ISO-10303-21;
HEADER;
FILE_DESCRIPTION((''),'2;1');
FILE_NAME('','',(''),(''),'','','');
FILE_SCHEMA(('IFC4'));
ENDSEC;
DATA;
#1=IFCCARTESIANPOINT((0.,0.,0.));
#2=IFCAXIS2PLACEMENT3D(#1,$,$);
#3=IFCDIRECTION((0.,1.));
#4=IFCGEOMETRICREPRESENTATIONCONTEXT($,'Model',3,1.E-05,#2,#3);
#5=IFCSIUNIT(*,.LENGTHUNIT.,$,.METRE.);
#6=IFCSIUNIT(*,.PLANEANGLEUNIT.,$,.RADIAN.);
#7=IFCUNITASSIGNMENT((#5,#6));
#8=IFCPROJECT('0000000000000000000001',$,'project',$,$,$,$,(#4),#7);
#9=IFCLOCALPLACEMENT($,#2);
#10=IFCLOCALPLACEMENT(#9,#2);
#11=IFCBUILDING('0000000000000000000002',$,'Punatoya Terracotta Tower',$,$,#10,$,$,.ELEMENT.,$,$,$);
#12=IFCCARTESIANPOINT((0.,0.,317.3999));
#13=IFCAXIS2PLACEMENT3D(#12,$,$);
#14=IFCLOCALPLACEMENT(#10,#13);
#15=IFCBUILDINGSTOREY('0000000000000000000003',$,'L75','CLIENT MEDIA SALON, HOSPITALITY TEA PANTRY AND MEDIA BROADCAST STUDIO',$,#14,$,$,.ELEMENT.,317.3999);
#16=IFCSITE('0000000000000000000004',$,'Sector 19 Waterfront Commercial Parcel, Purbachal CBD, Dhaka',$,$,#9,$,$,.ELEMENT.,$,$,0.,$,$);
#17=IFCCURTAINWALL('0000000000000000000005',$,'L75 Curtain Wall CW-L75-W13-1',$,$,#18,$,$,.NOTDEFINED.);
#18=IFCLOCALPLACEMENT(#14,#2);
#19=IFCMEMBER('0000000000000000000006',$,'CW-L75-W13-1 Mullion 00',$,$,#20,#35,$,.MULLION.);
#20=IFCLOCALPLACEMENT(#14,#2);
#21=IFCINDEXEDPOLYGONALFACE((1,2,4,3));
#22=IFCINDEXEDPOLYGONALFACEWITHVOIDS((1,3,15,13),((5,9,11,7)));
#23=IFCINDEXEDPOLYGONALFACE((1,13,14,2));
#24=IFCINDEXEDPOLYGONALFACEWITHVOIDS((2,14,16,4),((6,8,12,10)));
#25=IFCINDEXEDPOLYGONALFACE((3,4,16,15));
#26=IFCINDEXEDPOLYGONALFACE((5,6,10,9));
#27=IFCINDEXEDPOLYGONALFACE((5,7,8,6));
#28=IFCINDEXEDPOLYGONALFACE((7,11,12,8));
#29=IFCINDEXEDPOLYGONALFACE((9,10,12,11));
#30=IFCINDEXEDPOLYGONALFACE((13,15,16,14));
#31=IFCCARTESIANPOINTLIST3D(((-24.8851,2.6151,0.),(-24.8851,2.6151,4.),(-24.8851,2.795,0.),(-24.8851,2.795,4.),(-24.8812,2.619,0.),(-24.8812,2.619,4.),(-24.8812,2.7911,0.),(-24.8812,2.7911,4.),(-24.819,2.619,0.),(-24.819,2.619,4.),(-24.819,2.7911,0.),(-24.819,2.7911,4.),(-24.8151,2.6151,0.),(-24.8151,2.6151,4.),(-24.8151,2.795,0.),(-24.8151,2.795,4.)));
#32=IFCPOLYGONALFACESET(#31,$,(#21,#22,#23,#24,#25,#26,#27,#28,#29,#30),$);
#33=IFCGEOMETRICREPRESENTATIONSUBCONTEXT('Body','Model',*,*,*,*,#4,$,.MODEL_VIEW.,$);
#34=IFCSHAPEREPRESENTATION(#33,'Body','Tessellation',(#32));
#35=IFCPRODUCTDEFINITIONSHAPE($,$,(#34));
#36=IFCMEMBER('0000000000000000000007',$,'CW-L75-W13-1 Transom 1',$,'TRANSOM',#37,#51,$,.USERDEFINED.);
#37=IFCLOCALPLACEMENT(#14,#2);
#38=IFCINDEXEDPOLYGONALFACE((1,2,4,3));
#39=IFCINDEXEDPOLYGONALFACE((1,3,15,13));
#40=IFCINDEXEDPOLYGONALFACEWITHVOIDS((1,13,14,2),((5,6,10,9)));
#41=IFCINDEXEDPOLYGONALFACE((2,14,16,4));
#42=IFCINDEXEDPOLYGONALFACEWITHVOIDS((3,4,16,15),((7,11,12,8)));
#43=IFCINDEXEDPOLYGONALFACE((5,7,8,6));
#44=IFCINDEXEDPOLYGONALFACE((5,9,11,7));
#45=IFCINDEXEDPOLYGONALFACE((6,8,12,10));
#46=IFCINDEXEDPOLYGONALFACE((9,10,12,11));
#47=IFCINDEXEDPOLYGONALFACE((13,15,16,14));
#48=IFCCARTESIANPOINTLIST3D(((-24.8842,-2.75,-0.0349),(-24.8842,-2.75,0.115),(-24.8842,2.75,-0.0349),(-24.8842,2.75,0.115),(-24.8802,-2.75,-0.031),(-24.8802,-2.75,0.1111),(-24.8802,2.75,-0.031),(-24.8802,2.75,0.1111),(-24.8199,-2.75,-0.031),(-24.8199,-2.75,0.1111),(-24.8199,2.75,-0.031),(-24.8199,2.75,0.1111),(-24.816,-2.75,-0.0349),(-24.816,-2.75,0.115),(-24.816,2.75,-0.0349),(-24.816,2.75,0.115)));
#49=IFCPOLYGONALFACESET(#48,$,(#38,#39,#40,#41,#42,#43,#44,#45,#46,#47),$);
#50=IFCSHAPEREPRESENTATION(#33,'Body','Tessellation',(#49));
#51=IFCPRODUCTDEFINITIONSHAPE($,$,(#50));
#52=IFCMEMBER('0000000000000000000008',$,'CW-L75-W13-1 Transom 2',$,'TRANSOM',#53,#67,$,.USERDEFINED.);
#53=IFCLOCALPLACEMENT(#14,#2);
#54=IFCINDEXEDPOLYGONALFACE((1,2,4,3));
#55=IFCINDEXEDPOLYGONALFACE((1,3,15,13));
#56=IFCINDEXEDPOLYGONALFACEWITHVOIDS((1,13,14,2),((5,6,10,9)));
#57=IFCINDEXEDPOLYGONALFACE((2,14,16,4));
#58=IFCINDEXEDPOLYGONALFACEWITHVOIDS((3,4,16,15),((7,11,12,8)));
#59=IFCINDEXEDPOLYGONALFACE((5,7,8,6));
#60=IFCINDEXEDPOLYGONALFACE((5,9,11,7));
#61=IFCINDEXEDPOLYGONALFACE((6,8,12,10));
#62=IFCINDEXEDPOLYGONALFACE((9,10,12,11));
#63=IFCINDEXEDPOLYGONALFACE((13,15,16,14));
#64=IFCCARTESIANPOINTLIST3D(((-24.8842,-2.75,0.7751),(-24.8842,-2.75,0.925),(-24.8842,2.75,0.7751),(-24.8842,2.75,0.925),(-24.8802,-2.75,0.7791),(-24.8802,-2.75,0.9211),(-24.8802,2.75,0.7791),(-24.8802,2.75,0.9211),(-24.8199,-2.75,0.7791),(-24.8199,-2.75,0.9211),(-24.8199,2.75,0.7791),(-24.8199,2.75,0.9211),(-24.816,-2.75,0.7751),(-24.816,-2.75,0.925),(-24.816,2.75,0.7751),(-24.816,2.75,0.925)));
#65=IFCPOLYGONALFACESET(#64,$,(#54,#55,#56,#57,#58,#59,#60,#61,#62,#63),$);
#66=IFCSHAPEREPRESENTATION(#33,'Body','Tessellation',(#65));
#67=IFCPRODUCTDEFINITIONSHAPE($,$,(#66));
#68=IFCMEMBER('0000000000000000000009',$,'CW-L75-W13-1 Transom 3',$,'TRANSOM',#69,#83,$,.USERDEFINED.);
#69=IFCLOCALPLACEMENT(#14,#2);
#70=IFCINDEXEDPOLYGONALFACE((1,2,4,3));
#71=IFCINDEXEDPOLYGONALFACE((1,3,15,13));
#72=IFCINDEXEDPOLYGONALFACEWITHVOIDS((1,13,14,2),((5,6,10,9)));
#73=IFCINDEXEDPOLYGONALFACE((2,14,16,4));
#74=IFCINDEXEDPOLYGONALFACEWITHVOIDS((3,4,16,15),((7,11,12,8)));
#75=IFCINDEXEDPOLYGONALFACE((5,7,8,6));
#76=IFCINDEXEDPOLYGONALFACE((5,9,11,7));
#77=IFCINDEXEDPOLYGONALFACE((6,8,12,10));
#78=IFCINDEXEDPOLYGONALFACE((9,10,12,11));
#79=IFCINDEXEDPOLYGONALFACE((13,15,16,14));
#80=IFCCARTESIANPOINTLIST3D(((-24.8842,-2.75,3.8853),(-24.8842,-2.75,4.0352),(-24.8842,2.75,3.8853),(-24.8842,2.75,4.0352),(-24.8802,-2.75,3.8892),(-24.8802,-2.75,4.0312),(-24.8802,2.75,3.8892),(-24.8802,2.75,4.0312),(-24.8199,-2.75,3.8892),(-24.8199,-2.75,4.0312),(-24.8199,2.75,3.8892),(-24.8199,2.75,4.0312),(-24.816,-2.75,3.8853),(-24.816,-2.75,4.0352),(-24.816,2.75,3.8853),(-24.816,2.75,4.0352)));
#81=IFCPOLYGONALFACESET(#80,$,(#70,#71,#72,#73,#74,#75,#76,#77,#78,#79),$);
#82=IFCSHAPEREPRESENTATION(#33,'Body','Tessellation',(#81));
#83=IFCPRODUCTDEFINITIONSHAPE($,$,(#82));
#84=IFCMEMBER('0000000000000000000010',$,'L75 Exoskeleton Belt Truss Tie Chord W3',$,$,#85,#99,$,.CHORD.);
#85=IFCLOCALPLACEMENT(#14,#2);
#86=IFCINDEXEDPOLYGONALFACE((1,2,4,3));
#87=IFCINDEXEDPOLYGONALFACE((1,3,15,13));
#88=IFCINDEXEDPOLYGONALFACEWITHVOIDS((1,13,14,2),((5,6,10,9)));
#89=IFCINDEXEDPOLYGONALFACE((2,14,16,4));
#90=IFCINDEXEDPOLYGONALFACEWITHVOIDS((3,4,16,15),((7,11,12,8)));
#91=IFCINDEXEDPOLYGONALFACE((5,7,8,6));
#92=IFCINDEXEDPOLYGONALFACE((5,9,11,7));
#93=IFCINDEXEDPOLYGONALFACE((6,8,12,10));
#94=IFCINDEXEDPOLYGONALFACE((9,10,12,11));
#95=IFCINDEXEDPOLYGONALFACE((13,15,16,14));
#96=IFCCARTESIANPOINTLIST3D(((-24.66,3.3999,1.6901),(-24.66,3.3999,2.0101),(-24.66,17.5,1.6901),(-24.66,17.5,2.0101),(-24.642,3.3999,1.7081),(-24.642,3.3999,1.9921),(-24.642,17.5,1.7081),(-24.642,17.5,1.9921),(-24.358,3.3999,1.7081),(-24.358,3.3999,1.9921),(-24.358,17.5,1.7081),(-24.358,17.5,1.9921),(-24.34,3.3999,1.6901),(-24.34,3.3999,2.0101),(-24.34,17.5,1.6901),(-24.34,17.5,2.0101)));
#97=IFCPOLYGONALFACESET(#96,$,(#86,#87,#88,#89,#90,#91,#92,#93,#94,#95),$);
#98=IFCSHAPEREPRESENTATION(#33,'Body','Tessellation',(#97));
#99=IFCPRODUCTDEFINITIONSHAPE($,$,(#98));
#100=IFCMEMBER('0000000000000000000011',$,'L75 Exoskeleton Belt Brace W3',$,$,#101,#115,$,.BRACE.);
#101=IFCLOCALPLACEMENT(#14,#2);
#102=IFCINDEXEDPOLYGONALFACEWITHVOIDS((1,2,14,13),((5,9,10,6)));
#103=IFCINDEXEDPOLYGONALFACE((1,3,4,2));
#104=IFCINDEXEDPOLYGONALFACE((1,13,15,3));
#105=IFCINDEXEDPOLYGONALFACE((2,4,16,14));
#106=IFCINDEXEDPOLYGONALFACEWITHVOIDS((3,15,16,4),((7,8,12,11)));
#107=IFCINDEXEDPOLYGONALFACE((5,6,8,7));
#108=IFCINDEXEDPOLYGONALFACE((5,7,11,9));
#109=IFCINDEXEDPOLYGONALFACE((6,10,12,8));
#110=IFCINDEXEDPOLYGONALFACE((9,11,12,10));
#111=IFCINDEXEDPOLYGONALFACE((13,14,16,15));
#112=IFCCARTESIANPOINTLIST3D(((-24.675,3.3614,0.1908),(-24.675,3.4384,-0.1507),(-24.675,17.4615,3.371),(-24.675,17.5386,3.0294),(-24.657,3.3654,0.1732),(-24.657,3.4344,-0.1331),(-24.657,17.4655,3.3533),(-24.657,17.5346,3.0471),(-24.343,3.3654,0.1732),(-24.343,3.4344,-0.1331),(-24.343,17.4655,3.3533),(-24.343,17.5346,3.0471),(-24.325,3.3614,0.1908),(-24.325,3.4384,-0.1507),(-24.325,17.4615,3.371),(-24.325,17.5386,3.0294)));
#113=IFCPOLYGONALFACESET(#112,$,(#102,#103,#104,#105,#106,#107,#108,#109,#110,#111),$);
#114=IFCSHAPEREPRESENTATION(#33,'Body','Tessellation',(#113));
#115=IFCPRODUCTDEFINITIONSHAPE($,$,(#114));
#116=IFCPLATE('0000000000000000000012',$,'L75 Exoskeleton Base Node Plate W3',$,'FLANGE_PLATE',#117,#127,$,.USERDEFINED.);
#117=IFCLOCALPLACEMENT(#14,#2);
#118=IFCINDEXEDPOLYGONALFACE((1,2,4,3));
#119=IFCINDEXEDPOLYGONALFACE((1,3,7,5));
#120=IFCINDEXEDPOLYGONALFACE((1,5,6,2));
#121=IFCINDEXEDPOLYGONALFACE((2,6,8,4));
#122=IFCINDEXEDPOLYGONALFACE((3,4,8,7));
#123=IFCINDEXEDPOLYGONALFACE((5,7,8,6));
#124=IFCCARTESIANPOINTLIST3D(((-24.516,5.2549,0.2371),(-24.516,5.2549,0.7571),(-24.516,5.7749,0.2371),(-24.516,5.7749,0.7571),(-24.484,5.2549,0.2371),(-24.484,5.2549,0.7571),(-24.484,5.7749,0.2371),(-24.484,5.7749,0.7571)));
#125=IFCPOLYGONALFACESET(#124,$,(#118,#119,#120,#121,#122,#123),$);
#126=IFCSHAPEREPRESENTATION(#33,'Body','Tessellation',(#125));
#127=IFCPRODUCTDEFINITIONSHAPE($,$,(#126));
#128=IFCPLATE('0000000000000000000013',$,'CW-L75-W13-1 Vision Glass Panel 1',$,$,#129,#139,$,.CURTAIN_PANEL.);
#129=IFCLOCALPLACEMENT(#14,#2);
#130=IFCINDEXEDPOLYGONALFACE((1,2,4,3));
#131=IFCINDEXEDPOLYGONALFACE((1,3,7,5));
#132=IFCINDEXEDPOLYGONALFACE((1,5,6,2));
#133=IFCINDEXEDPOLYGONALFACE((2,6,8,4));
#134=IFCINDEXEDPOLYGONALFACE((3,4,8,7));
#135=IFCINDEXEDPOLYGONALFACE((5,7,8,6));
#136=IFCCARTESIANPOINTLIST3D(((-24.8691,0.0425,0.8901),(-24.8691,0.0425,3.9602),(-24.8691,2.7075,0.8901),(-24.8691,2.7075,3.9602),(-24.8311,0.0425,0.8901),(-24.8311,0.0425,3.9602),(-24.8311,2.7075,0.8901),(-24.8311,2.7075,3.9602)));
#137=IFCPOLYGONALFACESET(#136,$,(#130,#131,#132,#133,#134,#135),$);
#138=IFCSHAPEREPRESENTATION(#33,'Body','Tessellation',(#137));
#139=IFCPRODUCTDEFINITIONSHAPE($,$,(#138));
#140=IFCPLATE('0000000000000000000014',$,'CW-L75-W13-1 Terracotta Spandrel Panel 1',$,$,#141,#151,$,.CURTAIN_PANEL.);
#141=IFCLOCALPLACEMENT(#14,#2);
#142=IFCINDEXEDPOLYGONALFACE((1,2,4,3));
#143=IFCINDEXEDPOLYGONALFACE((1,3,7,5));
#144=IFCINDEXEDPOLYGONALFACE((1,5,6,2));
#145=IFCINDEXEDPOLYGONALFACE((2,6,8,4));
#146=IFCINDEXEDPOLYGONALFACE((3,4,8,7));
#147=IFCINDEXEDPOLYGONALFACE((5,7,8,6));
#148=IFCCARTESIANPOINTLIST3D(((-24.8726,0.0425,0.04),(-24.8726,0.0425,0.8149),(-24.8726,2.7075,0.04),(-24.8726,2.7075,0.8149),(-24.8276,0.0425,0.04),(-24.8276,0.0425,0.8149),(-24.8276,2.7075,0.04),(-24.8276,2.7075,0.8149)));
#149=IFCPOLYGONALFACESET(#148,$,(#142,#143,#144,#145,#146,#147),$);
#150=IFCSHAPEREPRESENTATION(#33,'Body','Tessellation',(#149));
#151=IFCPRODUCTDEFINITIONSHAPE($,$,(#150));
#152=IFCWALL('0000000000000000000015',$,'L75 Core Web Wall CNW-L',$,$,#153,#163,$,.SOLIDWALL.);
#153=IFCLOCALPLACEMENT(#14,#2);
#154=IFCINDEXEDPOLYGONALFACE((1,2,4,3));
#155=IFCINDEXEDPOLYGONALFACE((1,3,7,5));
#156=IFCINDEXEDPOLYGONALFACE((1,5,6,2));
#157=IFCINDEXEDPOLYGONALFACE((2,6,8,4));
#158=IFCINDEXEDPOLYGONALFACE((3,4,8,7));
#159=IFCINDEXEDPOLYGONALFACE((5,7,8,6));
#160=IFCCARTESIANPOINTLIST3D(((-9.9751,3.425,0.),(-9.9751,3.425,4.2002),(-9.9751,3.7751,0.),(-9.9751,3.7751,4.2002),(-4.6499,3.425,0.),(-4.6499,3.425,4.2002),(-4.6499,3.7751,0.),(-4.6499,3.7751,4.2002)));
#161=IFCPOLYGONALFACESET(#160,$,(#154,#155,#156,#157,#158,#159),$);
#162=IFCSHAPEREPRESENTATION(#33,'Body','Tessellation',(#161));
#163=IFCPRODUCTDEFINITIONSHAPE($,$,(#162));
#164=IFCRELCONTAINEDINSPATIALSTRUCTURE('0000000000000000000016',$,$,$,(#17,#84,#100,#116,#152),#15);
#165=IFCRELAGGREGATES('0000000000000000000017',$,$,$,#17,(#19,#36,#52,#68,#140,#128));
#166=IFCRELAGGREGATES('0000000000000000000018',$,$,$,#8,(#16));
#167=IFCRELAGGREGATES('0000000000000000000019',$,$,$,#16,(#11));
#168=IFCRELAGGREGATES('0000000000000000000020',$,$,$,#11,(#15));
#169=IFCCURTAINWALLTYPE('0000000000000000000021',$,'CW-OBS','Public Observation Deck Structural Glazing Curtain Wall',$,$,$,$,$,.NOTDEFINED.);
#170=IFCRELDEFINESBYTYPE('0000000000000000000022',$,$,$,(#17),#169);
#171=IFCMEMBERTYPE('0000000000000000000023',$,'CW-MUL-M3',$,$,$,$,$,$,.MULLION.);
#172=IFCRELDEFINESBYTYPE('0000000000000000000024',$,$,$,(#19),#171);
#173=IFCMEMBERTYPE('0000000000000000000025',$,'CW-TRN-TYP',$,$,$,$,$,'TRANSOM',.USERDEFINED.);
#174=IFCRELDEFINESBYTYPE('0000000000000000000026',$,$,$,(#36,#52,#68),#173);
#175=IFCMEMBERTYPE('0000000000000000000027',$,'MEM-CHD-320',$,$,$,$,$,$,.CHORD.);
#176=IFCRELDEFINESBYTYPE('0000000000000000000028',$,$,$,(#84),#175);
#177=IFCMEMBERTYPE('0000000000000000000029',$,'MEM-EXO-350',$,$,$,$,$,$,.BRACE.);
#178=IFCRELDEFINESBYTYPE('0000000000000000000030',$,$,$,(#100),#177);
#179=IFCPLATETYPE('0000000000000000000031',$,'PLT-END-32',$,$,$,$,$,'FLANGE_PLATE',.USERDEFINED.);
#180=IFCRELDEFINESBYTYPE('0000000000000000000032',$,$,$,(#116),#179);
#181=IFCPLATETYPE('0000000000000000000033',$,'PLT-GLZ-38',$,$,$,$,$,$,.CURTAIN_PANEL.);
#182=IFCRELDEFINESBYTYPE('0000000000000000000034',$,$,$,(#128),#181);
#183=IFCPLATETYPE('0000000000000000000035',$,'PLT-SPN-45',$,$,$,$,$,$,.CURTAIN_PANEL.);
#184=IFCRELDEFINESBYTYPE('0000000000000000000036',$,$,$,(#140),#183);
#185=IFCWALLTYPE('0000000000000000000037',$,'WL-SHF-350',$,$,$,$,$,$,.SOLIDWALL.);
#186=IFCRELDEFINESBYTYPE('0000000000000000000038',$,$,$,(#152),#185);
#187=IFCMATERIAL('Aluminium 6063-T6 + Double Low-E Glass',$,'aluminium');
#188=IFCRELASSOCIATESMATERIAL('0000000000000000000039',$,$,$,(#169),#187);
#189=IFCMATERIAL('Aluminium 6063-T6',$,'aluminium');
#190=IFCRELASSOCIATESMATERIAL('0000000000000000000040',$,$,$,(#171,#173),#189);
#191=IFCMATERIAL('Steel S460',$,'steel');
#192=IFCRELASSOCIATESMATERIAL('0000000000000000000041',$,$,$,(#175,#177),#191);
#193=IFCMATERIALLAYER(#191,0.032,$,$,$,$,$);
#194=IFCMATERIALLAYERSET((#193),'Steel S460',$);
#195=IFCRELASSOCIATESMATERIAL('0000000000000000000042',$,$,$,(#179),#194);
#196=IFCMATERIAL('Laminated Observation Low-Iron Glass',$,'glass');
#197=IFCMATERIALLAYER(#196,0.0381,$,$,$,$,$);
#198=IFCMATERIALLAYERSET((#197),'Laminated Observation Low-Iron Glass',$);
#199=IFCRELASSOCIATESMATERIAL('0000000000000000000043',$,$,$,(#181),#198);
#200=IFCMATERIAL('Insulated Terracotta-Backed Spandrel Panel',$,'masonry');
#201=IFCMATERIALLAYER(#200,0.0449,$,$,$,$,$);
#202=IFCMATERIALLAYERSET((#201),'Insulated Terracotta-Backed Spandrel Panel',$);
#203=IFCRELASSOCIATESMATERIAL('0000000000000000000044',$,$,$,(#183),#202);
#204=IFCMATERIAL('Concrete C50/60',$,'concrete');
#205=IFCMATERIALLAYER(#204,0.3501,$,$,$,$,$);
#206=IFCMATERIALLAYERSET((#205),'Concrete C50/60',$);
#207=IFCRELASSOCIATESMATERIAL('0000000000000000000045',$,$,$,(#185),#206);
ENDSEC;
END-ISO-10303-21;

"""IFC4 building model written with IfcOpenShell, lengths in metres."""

from ifc_helpers import new_model, si_unit, direction, frame, frame_2d, origin, origin_2d, place, context, subcontext, project, spatial, rectangle, hollow_rectangle, extrude, material, layer, layer_set, material_profile, profile_set, type_object, element, aggregate, save


model = new_model("IFC4")

# Units and contexts
model_context = context("Model", 3, precision=1e-05, world=origin(), true_north=direction((0.0, 1.0)))
body_context = subcontext(model_context, "Body", "Model", "MODEL_VIEW")
ifc_project = project(units=[si_unit("LENGTHUNIT", "METRE"), si_unit("PLANEANGLEUNIT", "RADIAN")], contexts=[model_context])

# Site, building, storey
site_placement = place(None, origin())
site = spatial("IfcSite", under=ifc_project, at=site_placement, Name="Sector 19 Waterfront Commercial Parcel, Purbachal CBD, Dhaka", CompositionType="ELEMENT", RefElevation=0.0)
building_placement = place(site_placement, origin())
building = spatial("IfcBuilding", under=site, at=building_placement, Name="Punatoya Terracotta Tower", CompositionType="ELEMENT")
storey_placement = place(building_placement, frame((0.0, 0.0, 317.3999)))
storey = spatial("IfcBuildingStorey", under=building, at=storey_placement, Name="L75", Description="CLIENT MEDIA SALON, HOSPITALITY TEA PANTRY AND MEDIA BROADCAST STUDIO", CompositionType="ELEMENT", Elevation=317.3999)

# Shared definitions
ifc_material_1 = material(Name="Steel S460", Category="steel")

# Curtain wall, members
ifc_material_2 = material(Name="Aluminium 6063-T6 + Double Low-E Glass", Category="aluminium")
curtain_wall_type = type_object("IfcCurtainWallType", Name="CW-OBS", Description="Public Observation Deck Structural Glazing Curtain Wall", PredefinedType="NOTDEFINED", material=ifc_material_2)
curtain_wall_placement = place(storey_placement, origin())
curtain_wall = element("IfcCurtainWall", 1, at=curtain_wall_placement, inside=storey, type_object=curtain_wall_type, Name="L75 Curtain Wall CW-L75-W13-1", PredefinedType="NOTDEFINED")
ifc_material_3 = material(Name="Aluminium 6063-T6", Category="aluminium")
ifc_material_profile_1 = material_profile(ifc_material_3, hollow_rectangle(XDim=0.0701, YDim=0.1799, WallThickness=0.0039, at=origin_2d()))
ifc_profile_set_1 = profile_set([ifc_material_profile_1], Name="Aluminium 6063-T6")
member_type_1 = type_object("IfcMemberType", Name="CW-MUL-M3", PredefinedType="MULLION", material=ifc_profile_set_1)
member_1_placement = place(storey_placement, frame((-24.8501, 2.7051, 0.0), z_axis=(0.0, 0.0, 1.0), x_axis=(1.0, 0.0, 0.0)))
member_1 = element("IfcMember", 2, at=member_1_placement, type_object=member_type_1, Name="CW-L75-W13-1 Mullion 00", PredefinedType="MULLION", context=body_context, shape_type="SweptSolid", body=[
    extrude(hollow_rectangle(XDim=0.0701, YDim=0.1799, WallThickness=0.0039, at=origin_2d()), origin(), (0.0, 0.0, 1.0), 4.0),
])
ifc_material_profile_2 = material_profile(ifc_material_3, hollow_rectangle(XDim=0.0681, YDim=0.1499, WallThickness=0.0039, at=origin_2d()))
ifc_profile_set_2 = profile_set([ifc_material_profile_2], Name="Aluminium 6063-T6")
member_type_2 = type_object("IfcMemberType", Name="CW-TRN-TYP", ElementType="TRANSOM", PredefinedType="USERDEFINED", material=ifc_profile_set_2)
member_2_placement = place(storey_placement, frame((-24.8501, 2.75, 0.04), z_axis=(0.0, -1.0, 0.0), x_axis=(1.0, 0.0, 0.0)))
member_2 = element("IfcMember", 3, at=member_2_placement, type_object=member_type_2, Name="CW-L75-W13-1 Transom 1", ObjectType="TRANSOM", PredefinedType="USERDEFINED", context=body_context, shape_type="SweptSolid", body=[
    extrude(hollow_rectangle(XDim=0.0681, YDim=0.1499, WallThickness=0.0039, at=origin_2d()), origin(), (0.0, 0.0, 1.0), 5.5),
])
member_3_placement = place(storey_placement, frame((-24.8501, 2.75, 0.8501), z_axis=(0.0, -1.0, 0.0), x_axis=(1.0, 0.0, 0.0)))
member_3 = element("IfcMember", 4, at=member_3_placement, type_object=member_type_2, Name="CW-L75-W13-1 Transom 2", ObjectType="TRANSOM", PredefinedType="USERDEFINED", context=body_context, shape_type="SweptSolid", body=[
    extrude(hollow_rectangle(XDim=0.0681, YDim=0.1499, WallThickness=0.0039, at=origin_2d()), origin(), (0.0, 0.0, 1.0), 5.5),
])
member_4_placement = place(storey_placement, frame((-24.8501, 2.75, 3.9602), z_axis=(0.0, -1.0, 0.0), x_axis=(1.0, 0.0, 0.0)))
member_4 = element("IfcMember", 5, at=member_4_placement, type_object=member_type_2, Name="CW-L75-W13-1 Transom 3", ObjectType="TRANSOM", PredefinedType="USERDEFINED", context=body_context, shape_type="SweptSolid", body=[
    extrude(hollow_rectangle(XDim=0.0681, YDim=0.1499, WallThickness=0.0039, at=origin_2d()), origin(), (0.0, 0.0, 1.0), 5.5),
])

# Members
ifc_material_profile_3 = material_profile(ifc_material_1, hollow_rectangle(XDim=0.3201, YDim=0.3201, WallThickness=0.0181, at=origin_2d()))
ifc_profile_set_3 = profile_set([ifc_material_profile_3], Name="Steel S460")
member_type_3 = type_object("IfcMemberType", Name="MEM-CHD-320", PredefinedType="CHORD", material=ifc_profile_set_3)
member_5_placement = place(storey_placement, frame((-24.5, 3.3999, 1.8501), z_axis=(0.0, 1.0, 0.0), x_axis=(-1.0, 0.0, 0.0)))
element("IfcMember", 6, at=member_5_placement, inside=storey, type_object=member_type_3, Name="L75 Exoskeleton Belt Truss Tie Chord W3", PredefinedType="CHORD", context=body_context, shape_type="SweptSolid", body=[
    extrude(hollow_rectangle(XDim=0.3201, YDim=0.3201, WallThickness=0.0181, at=origin_2d()), origin(), (0.0, 0.0, 1.0), 14.1001),
])
ifc_material_profile_4 = material_profile(ifc_material_1, hollow_rectangle(XDim=0.3501, YDim=0.3501, WallThickness=0.0181, at=origin_2d()))
ifc_profile_set_4 = profile_set([ifc_material_profile_4], Name="Steel S460")
member_type_4 = type_object("IfcMemberType", Name="MEM-EXO-350", PredefinedType="BRACE", material=ifc_profile_set_4)
member_6_placement = place(storey_placement, frame((-24.5, 3.3999, 0.02), z_axis=(0.0, 0.975496, 0.220016), x_axis=(-1.0, 0.0, 0.0)))
element("IfcMember", 7, at=member_6_placement, inside=storey, type_object=member_type_4, Name="L75 Exoskeleton Belt Brace W3", PredefinedType="BRACE", context=body_context, shape_type="SweptSolid", body=[
    extrude(hollow_rectangle(XDim=0.3501, YDim=0.3501, WallThickness=0.0181, at=origin_2d()), origin(), (0.0, 0.0, 1.0), 14.4543),
])

# Plates
ifc_layer_1 = layer(ifc_material_1, 0.032)
ifc_layer_set_1 = layer_set([ifc_layer_1], Name="Steel S460")
plate_type_1 = type_object("IfcPlateType", Name="PLT-END-32", ElementType="FLANGE_PLATE", PredefinedType="USERDEFINED", material=ifc_layer_set_1)
plate_1_placement = place(storey_placement, frame((-24.5, 5.5149, 0.2371), z_axis=(0.0, 0.0, 1.0), x_axis=(0.0, 1.0, 0.0)))
element("IfcPlate", 8, at=plate_1_placement, inside=storey, type_object=plate_type_1, Name="L75 Exoskeleton Base Node Plate W3", ObjectType="FLANGE_PLATE", PredefinedType="USERDEFINED", context=body_context, shape_type="SweptSolid", body=[
    extrude(rectangle(XDim=0.52, YDim=0.032, at=origin_2d()), origin(), (0.0, 0.0, 1.0), 0.52),
])
ifc_material_4 = material(Name="Laminated Observation Low-Iron Glass", Category="glass")
ifc_layer_2 = layer(ifc_material_4, 0.0381)
ifc_layer_set_2 = layer_set([ifc_layer_2], Name="Laminated Observation Low-Iron Glass")
plate_type_2 = type_object("IfcPlateType", Name="PLT-GLZ-38", PredefinedType="CURTAIN_PANEL", material=ifc_layer_set_2)
plate_2_placement = place(storey_placement, frame((-24.8501, 1.375, 0.8901), z_axis=(0.0, 0.0, 1.0), x_axis=(0.0, -1.0, 0.0)))
plate_2 = element("IfcPlate", 9, at=plate_2_placement, type_object=plate_type_2, Name="CW-L75-W13-1 Vision Glass Panel 1", PredefinedType="CURTAIN_PANEL", context=body_context, shape_type="SweptSolid", body=[
    extrude(rectangle(XDim=2.665, YDim=0.0381, at=origin_2d()), origin(), (0.0, 0.0, 1.0), 3.0701),
])
ifc_material_5 = material(Name="Insulated Terracotta-Backed Spandrel Panel", Category="masonry")
ifc_layer_3 = layer(ifc_material_5, 0.0449)
ifc_layer_set_3 = layer_set([ifc_layer_3], Name="Insulated Terracotta-Backed Spandrel Panel")
plate_type_3 = type_object("IfcPlateType", Name="PLT-SPN-45", PredefinedType="CURTAIN_PANEL", material=ifc_layer_set_3)
plate_3_placement = place(storey_placement, frame((-24.8501, 1.375, 0.04), z_axis=(0.0, 0.0, 1.0), x_axis=(0.0, -1.0, 0.0)))
plate_3 = element("IfcPlate", 10, at=plate_3_placement, type_object=plate_type_3, Name="CW-L75-W13-1 Terracotta Spandrel Panel 1", PredefinedType="CURTAIN_PANEL", context=body_context, shape_type="SweptSolid", body=[
    extrude(rectangle(XDim=2.665, YDim=0.0449, at=origin_2d()), origin(), (0.0, 0.0, 1.0), 0.7749),
])
aggregate(curtain_wall, [member_1, member_2, member_3, member_4, plate_3, plate_2])

# Wall
ifc_material_6 = material(Name="Concrete C50/60", Category="concrete")
ifc_layer_4 = layer(ifc_material_6, 0.3501)
ifc_layer_set_4 = layer_set([ifc_layer_4], Name="Concrete C50/60")
wall_type = type_object("IfcWallType", Name="WL-SHF-350", PredefinedType="SOLIDWALL", material=ifc_layer_set_4)
wall_placement = place(storey_placement, frame((-9.9751, 3.6001, 0.0), z_axis=(0.0, 0.0, 1.0), x_axis=(1.0, 0.0, 0.0)))
element("IfcWall", 11, at=wall_placement, inside=storey, type_object=wall_type, Name="L75 Core Web Wall CNW-L", PredefinedType="SOLIDWALL", context=body_context, shape_type="SweptSolid", body=[
    extrude(rectangle(XDim=5.3252, YDim=0.3501, at=frame_2d((2.6626, 0.0))), origin(), (0.0, 0.0, 1.0), 4.2002),
])

save(model, "model.ifc")
